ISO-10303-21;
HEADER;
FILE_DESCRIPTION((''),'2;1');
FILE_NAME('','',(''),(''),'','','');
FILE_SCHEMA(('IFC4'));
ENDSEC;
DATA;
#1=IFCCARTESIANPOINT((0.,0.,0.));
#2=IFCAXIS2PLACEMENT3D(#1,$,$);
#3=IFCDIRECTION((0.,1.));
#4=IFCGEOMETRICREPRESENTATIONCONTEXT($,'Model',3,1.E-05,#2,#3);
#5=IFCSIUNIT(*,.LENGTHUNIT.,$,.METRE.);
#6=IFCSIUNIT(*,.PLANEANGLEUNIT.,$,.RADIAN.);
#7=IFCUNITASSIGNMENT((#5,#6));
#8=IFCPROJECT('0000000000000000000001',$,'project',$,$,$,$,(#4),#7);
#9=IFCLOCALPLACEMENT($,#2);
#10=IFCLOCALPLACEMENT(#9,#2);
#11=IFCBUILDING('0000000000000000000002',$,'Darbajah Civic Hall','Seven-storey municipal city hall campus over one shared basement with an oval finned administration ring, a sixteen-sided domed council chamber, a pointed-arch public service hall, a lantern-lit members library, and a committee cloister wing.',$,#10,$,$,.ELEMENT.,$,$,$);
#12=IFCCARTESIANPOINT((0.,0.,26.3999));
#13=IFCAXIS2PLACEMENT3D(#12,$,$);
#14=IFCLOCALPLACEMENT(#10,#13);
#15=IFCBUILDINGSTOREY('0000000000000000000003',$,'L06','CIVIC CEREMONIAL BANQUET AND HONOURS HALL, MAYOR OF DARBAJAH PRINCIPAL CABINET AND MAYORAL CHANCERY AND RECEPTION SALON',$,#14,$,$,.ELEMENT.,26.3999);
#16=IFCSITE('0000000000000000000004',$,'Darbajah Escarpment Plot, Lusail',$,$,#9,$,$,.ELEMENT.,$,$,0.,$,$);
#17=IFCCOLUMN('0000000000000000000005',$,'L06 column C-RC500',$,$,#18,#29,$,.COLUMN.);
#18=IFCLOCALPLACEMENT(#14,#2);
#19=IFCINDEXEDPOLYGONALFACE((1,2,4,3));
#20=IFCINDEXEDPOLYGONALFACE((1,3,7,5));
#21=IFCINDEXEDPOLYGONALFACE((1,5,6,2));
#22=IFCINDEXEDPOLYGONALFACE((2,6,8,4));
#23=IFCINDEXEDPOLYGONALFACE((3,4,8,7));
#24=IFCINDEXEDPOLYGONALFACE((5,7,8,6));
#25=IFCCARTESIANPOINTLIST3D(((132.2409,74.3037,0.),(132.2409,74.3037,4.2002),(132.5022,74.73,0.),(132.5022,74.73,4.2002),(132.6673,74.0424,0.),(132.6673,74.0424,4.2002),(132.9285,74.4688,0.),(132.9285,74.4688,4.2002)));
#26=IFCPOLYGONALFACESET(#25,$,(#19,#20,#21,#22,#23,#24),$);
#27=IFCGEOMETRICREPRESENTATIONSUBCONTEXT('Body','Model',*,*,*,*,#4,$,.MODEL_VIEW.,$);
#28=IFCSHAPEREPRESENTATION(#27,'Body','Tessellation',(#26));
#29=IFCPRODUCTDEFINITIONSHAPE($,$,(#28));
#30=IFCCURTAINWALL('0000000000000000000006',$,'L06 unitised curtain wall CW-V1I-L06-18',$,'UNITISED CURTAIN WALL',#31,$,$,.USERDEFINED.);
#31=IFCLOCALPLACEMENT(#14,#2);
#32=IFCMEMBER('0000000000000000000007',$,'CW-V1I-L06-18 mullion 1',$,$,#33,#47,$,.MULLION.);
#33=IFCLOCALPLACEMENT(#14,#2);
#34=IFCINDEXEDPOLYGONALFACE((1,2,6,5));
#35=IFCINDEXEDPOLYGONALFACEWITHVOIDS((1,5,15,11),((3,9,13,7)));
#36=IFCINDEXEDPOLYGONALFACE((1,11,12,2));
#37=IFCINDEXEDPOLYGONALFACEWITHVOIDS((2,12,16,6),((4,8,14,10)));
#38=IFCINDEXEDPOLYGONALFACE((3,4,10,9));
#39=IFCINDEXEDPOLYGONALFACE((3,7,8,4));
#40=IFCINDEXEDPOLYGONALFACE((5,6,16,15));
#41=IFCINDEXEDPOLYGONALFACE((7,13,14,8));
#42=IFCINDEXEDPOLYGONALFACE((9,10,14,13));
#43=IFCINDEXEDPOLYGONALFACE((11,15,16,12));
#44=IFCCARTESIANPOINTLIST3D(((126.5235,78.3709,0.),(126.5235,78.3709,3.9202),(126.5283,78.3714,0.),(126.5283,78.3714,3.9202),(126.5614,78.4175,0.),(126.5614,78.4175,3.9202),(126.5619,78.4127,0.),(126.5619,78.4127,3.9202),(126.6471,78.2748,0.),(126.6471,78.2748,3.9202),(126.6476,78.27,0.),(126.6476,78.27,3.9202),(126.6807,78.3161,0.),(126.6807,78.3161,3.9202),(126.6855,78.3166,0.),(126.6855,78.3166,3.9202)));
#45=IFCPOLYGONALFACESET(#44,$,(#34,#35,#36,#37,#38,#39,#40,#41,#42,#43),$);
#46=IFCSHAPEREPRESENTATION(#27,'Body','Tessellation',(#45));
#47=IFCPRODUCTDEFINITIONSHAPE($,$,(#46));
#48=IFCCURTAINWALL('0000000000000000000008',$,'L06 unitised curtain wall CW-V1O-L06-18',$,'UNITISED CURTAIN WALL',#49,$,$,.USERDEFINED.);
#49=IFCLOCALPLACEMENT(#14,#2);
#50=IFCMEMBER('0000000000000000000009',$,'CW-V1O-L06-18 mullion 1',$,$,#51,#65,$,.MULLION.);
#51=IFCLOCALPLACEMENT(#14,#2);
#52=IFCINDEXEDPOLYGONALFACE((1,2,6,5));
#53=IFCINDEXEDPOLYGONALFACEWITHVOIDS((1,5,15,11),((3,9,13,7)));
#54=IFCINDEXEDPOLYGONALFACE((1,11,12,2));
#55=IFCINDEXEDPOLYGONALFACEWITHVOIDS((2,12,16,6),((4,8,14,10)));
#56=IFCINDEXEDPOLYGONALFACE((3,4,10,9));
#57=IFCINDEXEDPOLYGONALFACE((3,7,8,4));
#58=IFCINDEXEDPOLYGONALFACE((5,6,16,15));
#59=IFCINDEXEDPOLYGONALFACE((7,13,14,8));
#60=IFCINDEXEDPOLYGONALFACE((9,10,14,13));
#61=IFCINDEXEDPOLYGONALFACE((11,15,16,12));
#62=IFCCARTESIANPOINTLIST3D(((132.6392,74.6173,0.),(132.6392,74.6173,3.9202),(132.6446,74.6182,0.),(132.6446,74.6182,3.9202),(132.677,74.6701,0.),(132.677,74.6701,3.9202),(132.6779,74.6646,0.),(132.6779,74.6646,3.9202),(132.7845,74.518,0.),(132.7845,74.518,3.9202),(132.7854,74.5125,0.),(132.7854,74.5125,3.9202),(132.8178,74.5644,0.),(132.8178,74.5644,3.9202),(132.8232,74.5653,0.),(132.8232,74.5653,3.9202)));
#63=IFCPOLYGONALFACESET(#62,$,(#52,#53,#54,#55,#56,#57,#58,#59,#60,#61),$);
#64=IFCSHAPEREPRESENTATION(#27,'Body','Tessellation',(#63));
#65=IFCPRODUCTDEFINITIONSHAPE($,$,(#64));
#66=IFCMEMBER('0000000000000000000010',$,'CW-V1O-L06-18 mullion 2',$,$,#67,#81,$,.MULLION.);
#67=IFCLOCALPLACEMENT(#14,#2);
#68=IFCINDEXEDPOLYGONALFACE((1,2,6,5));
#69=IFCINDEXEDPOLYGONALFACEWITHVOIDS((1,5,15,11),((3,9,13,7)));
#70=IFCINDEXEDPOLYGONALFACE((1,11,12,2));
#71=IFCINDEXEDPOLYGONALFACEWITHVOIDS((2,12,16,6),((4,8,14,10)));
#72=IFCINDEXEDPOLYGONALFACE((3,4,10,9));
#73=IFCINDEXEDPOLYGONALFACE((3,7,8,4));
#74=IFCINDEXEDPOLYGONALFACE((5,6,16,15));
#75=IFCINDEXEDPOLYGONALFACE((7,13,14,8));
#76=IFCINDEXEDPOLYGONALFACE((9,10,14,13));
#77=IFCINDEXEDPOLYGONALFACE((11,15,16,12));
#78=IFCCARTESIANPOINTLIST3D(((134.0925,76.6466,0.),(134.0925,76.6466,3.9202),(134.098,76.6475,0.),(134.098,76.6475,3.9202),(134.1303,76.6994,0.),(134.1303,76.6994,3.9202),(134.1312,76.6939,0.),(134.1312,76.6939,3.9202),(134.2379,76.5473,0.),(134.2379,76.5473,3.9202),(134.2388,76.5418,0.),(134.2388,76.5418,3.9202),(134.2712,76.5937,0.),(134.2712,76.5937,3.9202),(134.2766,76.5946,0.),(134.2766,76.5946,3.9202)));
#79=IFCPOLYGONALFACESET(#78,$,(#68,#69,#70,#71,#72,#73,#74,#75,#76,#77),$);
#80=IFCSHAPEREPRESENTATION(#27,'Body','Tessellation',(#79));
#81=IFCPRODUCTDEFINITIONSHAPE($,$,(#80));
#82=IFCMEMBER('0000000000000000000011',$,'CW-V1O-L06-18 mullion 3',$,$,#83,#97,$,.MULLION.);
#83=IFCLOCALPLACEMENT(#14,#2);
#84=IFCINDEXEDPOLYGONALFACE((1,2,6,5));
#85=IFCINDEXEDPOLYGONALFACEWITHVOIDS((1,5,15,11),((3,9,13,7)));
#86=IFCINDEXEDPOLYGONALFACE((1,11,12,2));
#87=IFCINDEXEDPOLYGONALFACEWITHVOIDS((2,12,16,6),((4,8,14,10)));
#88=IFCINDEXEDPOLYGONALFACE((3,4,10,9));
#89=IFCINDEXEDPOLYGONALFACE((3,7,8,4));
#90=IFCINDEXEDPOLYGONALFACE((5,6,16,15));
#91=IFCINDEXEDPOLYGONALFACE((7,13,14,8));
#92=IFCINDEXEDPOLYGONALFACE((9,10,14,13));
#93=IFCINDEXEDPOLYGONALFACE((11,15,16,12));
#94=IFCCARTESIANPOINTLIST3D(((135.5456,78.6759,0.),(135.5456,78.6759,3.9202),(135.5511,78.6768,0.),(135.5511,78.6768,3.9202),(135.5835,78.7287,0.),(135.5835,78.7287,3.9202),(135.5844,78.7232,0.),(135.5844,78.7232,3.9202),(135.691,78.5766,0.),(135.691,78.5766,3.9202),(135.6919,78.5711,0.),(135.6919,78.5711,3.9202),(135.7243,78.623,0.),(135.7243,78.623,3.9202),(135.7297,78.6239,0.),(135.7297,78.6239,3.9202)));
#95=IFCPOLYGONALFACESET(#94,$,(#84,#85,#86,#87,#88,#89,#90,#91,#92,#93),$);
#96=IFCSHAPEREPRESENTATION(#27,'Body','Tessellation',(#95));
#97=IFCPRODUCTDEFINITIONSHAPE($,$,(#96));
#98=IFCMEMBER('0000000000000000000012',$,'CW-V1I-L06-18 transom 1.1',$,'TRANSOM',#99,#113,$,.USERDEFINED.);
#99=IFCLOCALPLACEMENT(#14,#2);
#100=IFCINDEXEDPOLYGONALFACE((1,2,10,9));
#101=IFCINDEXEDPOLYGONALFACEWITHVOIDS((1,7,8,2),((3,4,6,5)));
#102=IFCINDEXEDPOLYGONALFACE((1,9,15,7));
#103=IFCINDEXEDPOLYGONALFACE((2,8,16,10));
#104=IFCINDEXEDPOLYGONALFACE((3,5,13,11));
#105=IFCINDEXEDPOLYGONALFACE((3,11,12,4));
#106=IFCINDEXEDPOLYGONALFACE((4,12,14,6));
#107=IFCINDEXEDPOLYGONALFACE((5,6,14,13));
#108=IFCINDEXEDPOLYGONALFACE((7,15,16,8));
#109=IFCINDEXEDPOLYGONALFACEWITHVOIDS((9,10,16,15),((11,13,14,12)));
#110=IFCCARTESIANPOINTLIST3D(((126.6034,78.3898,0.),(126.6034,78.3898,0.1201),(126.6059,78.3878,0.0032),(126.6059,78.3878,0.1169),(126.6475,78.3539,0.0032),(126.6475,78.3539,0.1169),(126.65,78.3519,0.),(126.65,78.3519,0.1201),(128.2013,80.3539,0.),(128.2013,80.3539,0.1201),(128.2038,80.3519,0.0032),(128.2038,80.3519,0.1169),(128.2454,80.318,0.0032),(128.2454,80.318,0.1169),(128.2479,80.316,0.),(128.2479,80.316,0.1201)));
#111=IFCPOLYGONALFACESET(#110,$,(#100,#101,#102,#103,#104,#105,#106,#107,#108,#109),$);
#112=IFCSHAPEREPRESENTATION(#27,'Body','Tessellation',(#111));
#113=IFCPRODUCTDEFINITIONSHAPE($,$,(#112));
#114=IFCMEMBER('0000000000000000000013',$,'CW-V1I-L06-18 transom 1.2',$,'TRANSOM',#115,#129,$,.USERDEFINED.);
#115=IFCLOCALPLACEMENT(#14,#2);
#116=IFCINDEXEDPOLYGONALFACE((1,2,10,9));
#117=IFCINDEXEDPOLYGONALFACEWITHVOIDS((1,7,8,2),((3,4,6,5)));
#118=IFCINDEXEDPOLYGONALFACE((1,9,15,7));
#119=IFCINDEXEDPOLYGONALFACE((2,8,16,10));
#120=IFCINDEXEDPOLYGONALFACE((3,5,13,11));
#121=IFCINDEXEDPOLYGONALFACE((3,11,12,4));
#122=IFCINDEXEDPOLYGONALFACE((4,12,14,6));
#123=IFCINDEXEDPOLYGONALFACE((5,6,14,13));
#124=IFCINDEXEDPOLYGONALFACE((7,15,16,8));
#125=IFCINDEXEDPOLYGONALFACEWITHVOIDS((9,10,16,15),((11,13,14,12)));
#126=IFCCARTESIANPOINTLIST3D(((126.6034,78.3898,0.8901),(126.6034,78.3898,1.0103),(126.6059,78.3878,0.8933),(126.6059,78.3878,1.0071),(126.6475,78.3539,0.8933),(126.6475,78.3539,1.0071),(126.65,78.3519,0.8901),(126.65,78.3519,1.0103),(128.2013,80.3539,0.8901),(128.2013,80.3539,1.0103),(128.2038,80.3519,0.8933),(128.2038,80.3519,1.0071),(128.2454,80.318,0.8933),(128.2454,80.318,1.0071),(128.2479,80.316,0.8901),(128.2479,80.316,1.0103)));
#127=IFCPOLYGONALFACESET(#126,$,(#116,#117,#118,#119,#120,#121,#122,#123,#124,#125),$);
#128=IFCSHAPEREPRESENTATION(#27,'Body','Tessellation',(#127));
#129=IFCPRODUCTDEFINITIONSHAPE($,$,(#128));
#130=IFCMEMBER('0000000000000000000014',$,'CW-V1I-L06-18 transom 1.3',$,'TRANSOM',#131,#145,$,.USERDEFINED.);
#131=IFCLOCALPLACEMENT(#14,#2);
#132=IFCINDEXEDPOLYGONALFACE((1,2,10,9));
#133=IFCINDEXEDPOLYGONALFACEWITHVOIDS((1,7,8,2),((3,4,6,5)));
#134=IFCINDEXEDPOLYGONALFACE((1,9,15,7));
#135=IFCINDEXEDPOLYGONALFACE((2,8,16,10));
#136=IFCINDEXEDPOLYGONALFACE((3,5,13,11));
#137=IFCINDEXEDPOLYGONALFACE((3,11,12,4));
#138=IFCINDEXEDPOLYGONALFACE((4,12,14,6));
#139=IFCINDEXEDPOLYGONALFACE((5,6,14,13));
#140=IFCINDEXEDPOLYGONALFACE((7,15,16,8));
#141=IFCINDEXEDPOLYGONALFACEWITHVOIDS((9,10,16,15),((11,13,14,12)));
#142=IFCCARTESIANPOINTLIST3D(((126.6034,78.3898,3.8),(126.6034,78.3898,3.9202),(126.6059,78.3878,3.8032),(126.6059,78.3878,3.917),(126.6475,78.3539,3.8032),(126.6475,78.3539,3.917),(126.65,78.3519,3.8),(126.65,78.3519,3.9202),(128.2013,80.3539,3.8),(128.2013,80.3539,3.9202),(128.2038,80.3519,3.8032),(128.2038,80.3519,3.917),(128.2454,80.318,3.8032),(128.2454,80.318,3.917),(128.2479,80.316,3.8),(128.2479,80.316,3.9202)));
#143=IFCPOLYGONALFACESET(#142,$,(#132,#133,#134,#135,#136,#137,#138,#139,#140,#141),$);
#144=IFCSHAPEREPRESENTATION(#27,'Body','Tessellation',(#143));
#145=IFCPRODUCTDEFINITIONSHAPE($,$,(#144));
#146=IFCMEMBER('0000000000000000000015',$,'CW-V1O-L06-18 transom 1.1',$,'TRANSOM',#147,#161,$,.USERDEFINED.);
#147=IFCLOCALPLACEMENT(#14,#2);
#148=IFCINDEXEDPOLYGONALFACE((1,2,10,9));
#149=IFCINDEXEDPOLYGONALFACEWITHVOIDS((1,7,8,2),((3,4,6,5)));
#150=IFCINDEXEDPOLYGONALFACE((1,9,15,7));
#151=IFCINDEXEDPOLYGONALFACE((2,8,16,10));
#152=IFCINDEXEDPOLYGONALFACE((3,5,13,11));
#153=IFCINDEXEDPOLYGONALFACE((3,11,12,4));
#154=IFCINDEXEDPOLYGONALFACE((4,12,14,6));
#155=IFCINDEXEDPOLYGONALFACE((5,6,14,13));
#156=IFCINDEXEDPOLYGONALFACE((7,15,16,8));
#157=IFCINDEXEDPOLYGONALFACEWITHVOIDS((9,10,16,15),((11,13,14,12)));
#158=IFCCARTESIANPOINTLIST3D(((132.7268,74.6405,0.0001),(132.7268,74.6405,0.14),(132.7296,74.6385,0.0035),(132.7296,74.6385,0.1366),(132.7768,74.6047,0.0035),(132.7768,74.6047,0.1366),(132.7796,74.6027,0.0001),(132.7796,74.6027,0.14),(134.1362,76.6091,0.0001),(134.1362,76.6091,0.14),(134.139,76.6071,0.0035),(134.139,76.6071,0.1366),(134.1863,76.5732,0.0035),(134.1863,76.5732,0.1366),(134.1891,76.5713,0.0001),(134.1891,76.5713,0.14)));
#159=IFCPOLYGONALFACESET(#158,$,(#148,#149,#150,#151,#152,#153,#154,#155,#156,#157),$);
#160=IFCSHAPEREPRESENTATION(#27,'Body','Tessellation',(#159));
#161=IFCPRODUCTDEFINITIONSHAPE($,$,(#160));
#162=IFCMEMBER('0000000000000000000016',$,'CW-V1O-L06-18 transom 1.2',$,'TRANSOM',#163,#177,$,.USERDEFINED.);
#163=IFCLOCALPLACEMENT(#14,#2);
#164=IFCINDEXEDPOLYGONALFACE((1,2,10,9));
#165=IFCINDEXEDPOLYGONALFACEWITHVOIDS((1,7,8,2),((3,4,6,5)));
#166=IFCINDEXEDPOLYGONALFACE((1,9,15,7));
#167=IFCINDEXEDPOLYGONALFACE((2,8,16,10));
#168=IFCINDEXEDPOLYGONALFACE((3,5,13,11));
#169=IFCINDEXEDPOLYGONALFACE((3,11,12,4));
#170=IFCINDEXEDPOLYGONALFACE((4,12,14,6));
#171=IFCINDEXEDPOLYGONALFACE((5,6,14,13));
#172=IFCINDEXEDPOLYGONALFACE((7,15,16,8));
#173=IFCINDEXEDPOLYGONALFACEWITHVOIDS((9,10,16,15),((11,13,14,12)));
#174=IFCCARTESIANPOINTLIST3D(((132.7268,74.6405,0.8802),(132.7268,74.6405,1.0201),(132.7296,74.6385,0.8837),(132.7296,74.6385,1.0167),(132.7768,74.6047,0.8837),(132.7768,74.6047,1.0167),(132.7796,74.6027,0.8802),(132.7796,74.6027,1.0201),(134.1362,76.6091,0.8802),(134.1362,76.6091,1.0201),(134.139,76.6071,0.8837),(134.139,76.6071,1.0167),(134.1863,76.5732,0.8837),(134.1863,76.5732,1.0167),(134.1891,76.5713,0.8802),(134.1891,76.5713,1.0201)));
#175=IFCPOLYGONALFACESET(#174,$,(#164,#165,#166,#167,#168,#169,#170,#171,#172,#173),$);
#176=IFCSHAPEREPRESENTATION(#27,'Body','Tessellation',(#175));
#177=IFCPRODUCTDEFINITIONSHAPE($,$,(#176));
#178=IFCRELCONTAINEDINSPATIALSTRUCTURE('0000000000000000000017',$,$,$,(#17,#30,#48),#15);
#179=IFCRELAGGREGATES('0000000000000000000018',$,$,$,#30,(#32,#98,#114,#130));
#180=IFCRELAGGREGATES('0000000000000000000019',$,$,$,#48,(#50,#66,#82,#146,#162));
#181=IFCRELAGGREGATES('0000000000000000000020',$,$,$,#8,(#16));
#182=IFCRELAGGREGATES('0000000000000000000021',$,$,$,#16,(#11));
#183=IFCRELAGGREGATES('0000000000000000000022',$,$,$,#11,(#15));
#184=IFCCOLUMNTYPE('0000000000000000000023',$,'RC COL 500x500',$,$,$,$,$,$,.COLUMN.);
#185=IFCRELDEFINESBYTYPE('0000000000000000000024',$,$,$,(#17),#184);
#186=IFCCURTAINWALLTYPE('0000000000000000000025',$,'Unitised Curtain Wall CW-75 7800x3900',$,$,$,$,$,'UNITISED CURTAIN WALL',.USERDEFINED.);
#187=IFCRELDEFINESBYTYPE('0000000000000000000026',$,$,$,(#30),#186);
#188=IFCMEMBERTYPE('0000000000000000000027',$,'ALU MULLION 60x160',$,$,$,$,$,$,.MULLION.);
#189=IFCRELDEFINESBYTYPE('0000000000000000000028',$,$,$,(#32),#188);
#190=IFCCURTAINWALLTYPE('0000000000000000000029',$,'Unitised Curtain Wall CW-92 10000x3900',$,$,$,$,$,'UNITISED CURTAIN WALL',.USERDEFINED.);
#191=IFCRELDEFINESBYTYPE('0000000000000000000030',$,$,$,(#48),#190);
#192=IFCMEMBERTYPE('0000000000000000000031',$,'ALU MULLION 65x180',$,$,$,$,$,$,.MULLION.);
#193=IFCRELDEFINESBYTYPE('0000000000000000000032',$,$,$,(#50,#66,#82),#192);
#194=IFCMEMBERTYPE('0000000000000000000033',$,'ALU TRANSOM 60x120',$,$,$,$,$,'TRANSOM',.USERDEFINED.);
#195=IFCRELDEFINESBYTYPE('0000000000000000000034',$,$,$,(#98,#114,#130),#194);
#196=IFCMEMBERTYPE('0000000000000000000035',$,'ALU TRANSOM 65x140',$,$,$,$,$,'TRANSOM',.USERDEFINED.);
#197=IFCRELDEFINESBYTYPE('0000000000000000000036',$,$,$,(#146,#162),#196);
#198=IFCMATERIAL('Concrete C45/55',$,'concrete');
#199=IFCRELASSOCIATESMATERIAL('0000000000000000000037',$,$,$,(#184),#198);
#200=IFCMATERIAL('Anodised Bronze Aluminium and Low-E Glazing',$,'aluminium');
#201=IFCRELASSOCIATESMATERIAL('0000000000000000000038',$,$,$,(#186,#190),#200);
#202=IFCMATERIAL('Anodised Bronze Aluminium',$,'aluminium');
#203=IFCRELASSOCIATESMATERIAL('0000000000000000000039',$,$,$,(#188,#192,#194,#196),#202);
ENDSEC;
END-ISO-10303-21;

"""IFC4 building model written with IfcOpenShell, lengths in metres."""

from ifc_helpers import new_model, si_unit, direction, frame, origin, origin_2d, place, context, subcontext, project, spatial, rectangle, hollow_rectangle, extrude, material, material_profile, profile_set, type_object, element, aggregate, save


model = new_model("IFC4")

# Units and contexts
model_context = context("Model", 3, precision=1e-05, world=origin(), true_north=direction((0.0, 1.0)))
body_context = subcontext(model_context, "Body", "Model", "MODEL_VIEW")
ifc_project = project(units=[si_unit("LENGTHUNIT", "METRE"), si_unit("PLANEANGLEUNIT", "RADIAN")], contexts=[model_context])

# Site, building, storey
site_placement = place(None, origin())
site = spatial("IfcSite", under=ifc_project, at=site_placement, Name="Darbajah Escarpment Plot, Lusail", CompositionType="ELEMENT", RefElevation=0.0)
building_placement = place(site_placement, origin())
building = spatial("IfcBuilding", under=site, at=building_placement, Name="Darbajah Civic Hall", Description="Seven-storey municipal city hall campus over one shared basement with an oval finned administration ring, a sixteen-sided domed council chamber, a pointed-arch public service hall, a lantern-lit members library, and a committee cloister wing.", CompositionType="ELEMENT")
storey_placement = place(building_placement, frame((0.0, 0.0, 26.3999)))
storey = spatial("IfcBuildingStorey", under=building, at=storey_placement, Name="L06", Description="CIVIC CEREMONIAL BANQUET AND HONOURS HALL, MAYOR OF DARBAJAH PRINCIPAL CABINET AND MAYORAL CHANCERY AND RECEPTION SALON", CompositionType="ELEMENT", Elevation=26.3999)

# Column
ifc_material_1 = material(Name="Concrete C45/55", Category="concrete")
ifc_material_profile_1 = material_profile(ifc_material_1, rectangle(XDim=0.5, YDim=0.5, at=origin_2d()), Name="RC COL 500x500")
ifc_profile_set_1 = profile_set([ifc_material_profile_1], Name="Concrete C45/55")
column_type = type_object("IfcColumnType", Name="RC COL 500x500", PredefinedType="COLUMN", material=ifc_profile_set_1)
column_placement = place(storey_placement, frame((132.5847, 74.3862, 0.0), z_axis=(0.0, 0.0, 1.0), x_axis=(0.85264, -0.522499, 0.0)))
element("IfcColumn", 1, at=column_placement, inside=storey, type_object=column_type, Name="L06 column C-RC500", PredefinedType="COLUMN", context=body_context, shape_type="SweptSolid", body=[
    extrude(rectangle(XDim=0.5, YDim=0.5, at=origin_2d()), origin(), (0.0, 0.0, 1.0), 4.2002),
])

# Curtain wall, member
ifc_material_2 = material(Name="Anodised Bronze Aluminium and Low-E Glazing", Category="aluminium")
curtain_wall_type_1 = type_object("IfcCurtainWallType", Name="Unitised Curtain Wall CW-75 7800x3900", ElementType="UNITISED CURTAIN WALL", PredefinedType="USERDEFINED", material=ifc_material_2)
curtain_wall_1_placement = place(storey_placement, origin())
curtain_wall_1 = element("IfcCurtainWall", 2, at=curtain_wall_1_placement, inside=storey, type_object=curtain_wall_type_1, Name="L06 unitised curtain wall CW-V1I-L06-18", ObjectType="UNITISED CURTAIN WALL", PredefinedType="USERDEFINED")
ifc_material_3 = material(Name="Anodised Bronze Aluminium", Category="aluminium")
ifc_material_profile_2 = material_profile(ifc_material_3, hollow_rectangle(XDim=0.0601, YDim=0.1599, WallThickness=0.0034, at=origin_2d()), Name="ALU MULLION 60x160")
ifc_profile_set_2 = profile_set([ifc_material_profile_2], Name="Anodised Bronze Aluminium")
member_type_1 = type_object("IfcMemberType", Name="ALU MULLION 60x160", PredefinedType="MULLION", material=ifc_profile_set_2)
member_1_placement = place(storey_placement, frame((126.6045, 78.3438, 0.0), z_axis=(0.0, 0.0, 1.0), x_axis=(0.631082, 0.775716, 0.0)))
member_1 = element("IfcMember", 3, at=member_1_placement, type_object=member_type_1, Name="CW-V1I-L06-18 mullion 1", PredefinedType="MULLION", context=body_context, shape_type="SweptSolid", body=[
    extrude(hollow_rectangle(XDim=0.0601, YDim=0.1599, WallThickness=0.0034, at=origin_2d()), origin(), (0.0, 0.0, 1.0), 3.9202),
])

# Curtain wall, members
curtain_wall_type_2 = type_object("IfcCurtainWallType", Name="Unitised Curtain Wall CW-92 10000x3900", ElementType="UNITISED CURTAIN WALL", PredefinedType="USERDEFINED", material=ifc_material_2)
curtain_wall_2_placement = place(storey_placement, origin())
curtain_wall_2 = element("IfcCurtainWall", 4, at=curtain_wall_2_placement, inside=storey, type_object=curtain_wall_type_2, Name="L06 unitised curtain wall CW-V1O-L06-18", ObjectType="UNITISED CURTAIN WALL", PredefinedType="USERDEFINED")
ifc_material_profile_3 = material_profile(ifc_material_3, hollow_rectangle(XDim=0.0649, YDim=0.1799, WallThickness=0.0039, at=origin_2d()), Name="ALU MULLION 65x180")
ifc_profile_set_3 = profile_set([ifc_material_profile_3], Name="Anodised Bronze Aluminium")
member_type_2 = type_object("IfcMemberType", Name="ALU MULLION 65x180", PredefinedType="MULLION", material=ifc_profile_set_3)
member_2_placement = place(storey_placement, frame((132.7312, 74.5913, 0.0), z_axis=(0.0, 0.0, 1.0), x_axis=(0.582265, 0.812999, 0.0)))
member_2 = element("IfcMember", 5, at=member_2_placement, type_object=member_type_2, Name="CW-V1O-L06-18 mullion 1", PredefinedType="MULLION", context=body_context, shape_type="SweptSolid", body=[
    extrude(hollow_rectangle(XDim=0.0649, YDim=0.1799, WallThickness=0.0039, at=origin_2d()), origin(), (0.0, 0.0, 1.0), 3.9202),
])
member_3_placement = place(storey_placement, frame((134.1846, 76.6206, 0.0), z_axis=(0.0, 0.0, 1.0), x_axis=(0.582265, 0.812999, 0.0)))
member_3 = element("IfcMember", 6, at=member_3_placement, type_object=member_type_2, Name="CW-V1O-L06-18 mullion 2", PredefinedType="MULLION", context=body_context, shape_type="SweptSolid", body=[
    extrude(hollow_rectangle(XDim=0.0649, YDim=0.1799, WallThickness=0.0039, at=origin_2d()), origin(), (0.0, 0.0, 1.0), 3.9202),
])
member_4_placement = place(storey_placement, frame((135.6377, 78.6499, 0.0), z_axis=(0.0, 0.0, 1.0), x_axis=(0.582265, 0.812999, 0.0)))
member_4 = element("IfcMember", 7, at=member_4_placement, type_object=member_type_2, Name="CW-V1O-L06-18 mullion 3", PredefinedType="MULLION", context=body_context, shape_type="SweptSolid", body=[
    extrude(hollow_rectangle(XDim=0.0649, YDim=0.1799, WallThickness=0.0039, at=origin_2d()), origin(), (0.0, 0.0, 1.0), 3.9202),
])

# Members
ifc_material_profile_4 = material_profile(ifc_material_3, hollow_rectangle(XDim=0.0601, YDim=0.1201, WallThickness=0.0032, at=origin_2d()), Name="ALU TRANSOM 60x120")
ifc_profile_set_4 = profile_set([ifc_material_profile_4], Name="Anodised Bronze Aluminium")
member_type_3 = type_object("IfcMemberType", Name="ALU TRANSOM 60x120", ElementType="TRANSOM", PredefinedType="USERDEFINED", material=ifc_profile_set_4)
member_5_placement = place(storey_placement, frame((126.6267, 78.3708, 0.0601), z_axis=(0.631083, 0.775716, 0.0), x_axis=(-0.775716, 0.631083, 0.0)))
member_5 = element("IfcMember", 8, at=member_5_placement, type_object=member_type_3, Name="CW-V1I-L06-18 transom 1.1", ObjectType="TRANSOM", PredefinedType="USERDEFINED", context=body_context, shape_type="SweptSolid", body=[
    extrude(hollow_rectangle(XDim=0.0601, YDim=0.1201, WallThickness=0.0032, at=origin_2d()), origin(), (0.0, 0.0, 1.0), 2.532),
])
member_6_placement = place(storey_placement, frame((126.6267, 78.3708, 0.9502), z_axis=(0.631083, 0.775716, 0.0), x_axis=(-0.775716, 0.631083, 0.0)))
member_6 = element("IfcMember", 9, at=member_6_placement, type_object=member_type_3, Name="CW-V1I-L06-18 transom 1.2", ObjectType="TRANSOM", PredefinedType="USERDEFINED", context=body_context, shape_type="SweptSolid", body=[
    extrude(hollow_rectangle(XDim=0.0601, YDim=0.1201, WallThickness=0.0032, at=origin_2d()), origin(), (0.0, 0.0, 1.0), 2.532),
])
member_7_placement = place(storey_placement, frame((126.6267, 78.3708, 3.8601), z_axis=(0.631083, 0.775716, 0.0), x_axis=(-0.775716, 0.631083, 0.0)))
member_7 = element("IfcMember", 10, at=member_7_placement, type_object=member_type_3, Name="CW-V1I-L06-18 transom 1.3", ObjectType="TRANSOM", PredefinedType="USERDEFINED", context=body_context, shape_type="SweptSolid", body=[
    extrude(hollow_rectangle(XDim=0.0601, YDim=0.1201, WallThickness=0.0032, at=origin_2d()), origin(), (0.0, 0.0, 1.0), 2.532),
])
ifc_material_profile_5 = material_profile(ifc_material_3, hollow_rectangle(XDim=0.0649, YDim=0.1399, WallThickness=0.0034, at=origin_2d()), Name="ALU TRANSOM 65x140")
ifc_profile_set_5 = profile_set([ifc_material_profile_5], Name="Anodised Bronze Aluminium")
member_type_4 = type_object("IfcMemberType", Name="ALU TRANSOM 65x140", ElementType="TRANSOM", PredefinedType="USERDEFINED", material=ifc_profile_set_5)
member_8_placement = place(storey_placement, frame((132.7532, 74.6216, 0.0701), z_axis=(0.582154, 0.813079, 0.0), x_axis=(-0.813079, 0.582154, 0.0)))
member_8 = element("IfcMember", 11, at=member_8_placement, type_object=member_type_4, Name="CW-V1O-L06-18 transom 1.1", ObjectType="TRANSOM", PredefinedType="USERDEFINED", context=body_context, shape_type="SweptSolid", body=[
    extrude(hollow_rectangle(XDim=0.0649, YDim=0.1399, WallThickness=0.0034, at=origin_2d()), origin(), (0.0, 0.0, 1.0), 2.4211),
])
member_9_placement = place(storey_placement, frame((132.7532, 74.6216, 0.9502), z_axis=(0.582154, 0.813079, 0.0), x_axis=(-0.813079, 0.582154, 0.0)))
member_9 = element("IfcMember", 12, at=member_9_placement, type_object=member_type_4, Name="CW-V1O-L06-18 transom 1.2", ObjectType="TRANSOM", PredefinedType="USERDEFINED", context=body_context, shape_type="SweptSolid", body=[
    extrude(hollow_rectangle(XDim=0.0649, YDim=0.1399, WallThickness=0.0034, at=origin_2d()), origin(), (0.0, 0.0, 1.0), 2.4211),
])

aggregate(curtain_wall_1, [member_1, member_5, member_6, member_7])
aggregate(curtain_wall_2, [member_2, member_3, member_4, member_8, member_9])

save(model, "model.ifc")
